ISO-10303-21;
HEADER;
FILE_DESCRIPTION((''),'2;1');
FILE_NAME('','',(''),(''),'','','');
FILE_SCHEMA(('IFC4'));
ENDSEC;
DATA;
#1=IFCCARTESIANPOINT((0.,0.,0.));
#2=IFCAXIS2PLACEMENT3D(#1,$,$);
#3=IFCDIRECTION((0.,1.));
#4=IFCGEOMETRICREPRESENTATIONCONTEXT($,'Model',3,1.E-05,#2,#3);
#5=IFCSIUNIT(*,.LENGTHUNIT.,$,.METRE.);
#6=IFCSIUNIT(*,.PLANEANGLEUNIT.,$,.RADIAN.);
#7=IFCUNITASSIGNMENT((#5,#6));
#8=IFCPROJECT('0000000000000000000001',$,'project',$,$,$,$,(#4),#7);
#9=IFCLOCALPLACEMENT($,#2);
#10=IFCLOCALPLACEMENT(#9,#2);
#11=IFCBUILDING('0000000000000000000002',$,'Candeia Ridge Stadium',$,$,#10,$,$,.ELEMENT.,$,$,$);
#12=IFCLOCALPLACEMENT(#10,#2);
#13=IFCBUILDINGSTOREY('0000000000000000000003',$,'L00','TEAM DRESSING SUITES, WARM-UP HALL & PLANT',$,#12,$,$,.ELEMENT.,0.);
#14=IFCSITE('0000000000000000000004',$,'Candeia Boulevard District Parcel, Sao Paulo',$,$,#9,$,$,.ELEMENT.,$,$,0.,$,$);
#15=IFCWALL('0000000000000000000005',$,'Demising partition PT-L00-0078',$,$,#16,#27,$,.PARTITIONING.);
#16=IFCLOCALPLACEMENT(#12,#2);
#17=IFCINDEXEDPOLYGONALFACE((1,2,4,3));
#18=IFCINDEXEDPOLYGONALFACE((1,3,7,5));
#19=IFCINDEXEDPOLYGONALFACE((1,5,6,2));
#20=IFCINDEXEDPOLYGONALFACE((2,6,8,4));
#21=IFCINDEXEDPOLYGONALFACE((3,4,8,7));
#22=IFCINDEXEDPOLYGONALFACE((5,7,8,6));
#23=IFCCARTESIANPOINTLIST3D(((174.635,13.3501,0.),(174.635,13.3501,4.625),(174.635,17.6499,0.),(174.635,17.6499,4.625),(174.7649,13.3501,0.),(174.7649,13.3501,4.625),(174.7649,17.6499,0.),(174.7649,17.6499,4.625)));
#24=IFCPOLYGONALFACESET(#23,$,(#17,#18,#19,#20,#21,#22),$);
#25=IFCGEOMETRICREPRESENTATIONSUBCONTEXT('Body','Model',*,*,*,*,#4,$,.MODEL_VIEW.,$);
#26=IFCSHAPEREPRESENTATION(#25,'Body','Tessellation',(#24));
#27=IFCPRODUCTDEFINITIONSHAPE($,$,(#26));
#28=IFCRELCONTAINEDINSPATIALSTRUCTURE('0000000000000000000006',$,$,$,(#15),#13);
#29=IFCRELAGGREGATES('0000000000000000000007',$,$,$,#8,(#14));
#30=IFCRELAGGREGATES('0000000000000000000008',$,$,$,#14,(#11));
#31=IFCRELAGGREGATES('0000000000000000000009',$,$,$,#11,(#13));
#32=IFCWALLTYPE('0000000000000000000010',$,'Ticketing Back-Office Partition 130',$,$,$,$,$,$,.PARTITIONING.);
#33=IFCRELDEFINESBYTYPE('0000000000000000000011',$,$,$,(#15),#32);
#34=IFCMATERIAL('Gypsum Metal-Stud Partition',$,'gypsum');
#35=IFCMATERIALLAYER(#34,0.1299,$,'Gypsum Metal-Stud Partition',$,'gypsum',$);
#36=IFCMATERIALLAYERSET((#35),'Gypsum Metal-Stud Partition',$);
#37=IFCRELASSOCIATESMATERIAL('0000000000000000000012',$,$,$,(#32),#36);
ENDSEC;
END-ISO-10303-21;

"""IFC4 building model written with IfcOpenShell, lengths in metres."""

from ifc_helpers import new_model, si_unit, direction, frame, frame_2d, origin, place, context, subcontext, project, spatial, rectangle, extrude, material, layer, layer_set, type_object, element, save


model = new_model("IFC4")

# Units and contexts
model_context = context("Model", 3, precision=1e-05, world=origin(), true_north=direction((0.0, 1.0)))
body_context = subcontext(model_context, "Body", "Model", "MODEL_VIEW")
ifc_project = project(units=[si_unit("LENGTHUNIT", "METRE"), si_unit("PLANEANGLEUNIT", "RADIAN")], contexts=[model_context])

# Site, building, storey
site_placement = place(None, origin())
site = spatial("IfcSite", under=ifc_project, at=site_placement, Name="Candeia Boulevard District Parcel, Sao Paulo", CompositionType="ELEMENT", RefElevation=0.0)
building_placement = place(site_placement, origin())
building = spatial("IfcBuilding", under=site, at=building_placement, Name="Candeia Ridge Stadium", CompositionType="ELEMENT")
storey_placement = place(building_placement, origin())
storey = spatial("IfcBuildingStorey", under=building, at=storey_placement, Name="L00", Description="TEAM DRESSING SUITES, WARM-UP HALL & PLANT", CompositionType="ELEMENT", Elevation=0.0)

# Shared definitions
ifc_material_1 = material(Name="Gypsum Metal-Stud Partition", Category="gypsum")

# Wall
ifc_layer_1 = layer(ifc_material_1, 0.1299, Name="Gypsum Metal-Stud Partition", Category="gypsum")
ifc_layer_set_1 = layer_set([ifc_layer_1], Name="Gypsum Metal-Stud Partition")
wall_type_1 = type_object("IfcWallType", Name="Ticketing Back-Office Partition 130", PredefinedType="PARTITIONING", material=ifc_layer_set_1)
wall_1_placement = place(storey_placement, frame((174.7, 13.3501, 0.0), z_axis=(0.0, 0.0, 1.0), x_axis=(0.0, 1.0, 0.0)))
element("IfcWall", 1, at=wall_1_placement, inside=storey, type_object=wall_type_1, Name="Demising partition PT-L00-0078", PredefinedType="PARTITIONING", context=body_context, shape_type="SweptSolid", body=[
    extrude(rectangle(XDim=4.2998, YDim=0.1299, at=frame_2d((2.1499, 0.0))), origin(), (0.0, 0.0, 1.0), 4.625),
])

save(model, "model.ifc")
